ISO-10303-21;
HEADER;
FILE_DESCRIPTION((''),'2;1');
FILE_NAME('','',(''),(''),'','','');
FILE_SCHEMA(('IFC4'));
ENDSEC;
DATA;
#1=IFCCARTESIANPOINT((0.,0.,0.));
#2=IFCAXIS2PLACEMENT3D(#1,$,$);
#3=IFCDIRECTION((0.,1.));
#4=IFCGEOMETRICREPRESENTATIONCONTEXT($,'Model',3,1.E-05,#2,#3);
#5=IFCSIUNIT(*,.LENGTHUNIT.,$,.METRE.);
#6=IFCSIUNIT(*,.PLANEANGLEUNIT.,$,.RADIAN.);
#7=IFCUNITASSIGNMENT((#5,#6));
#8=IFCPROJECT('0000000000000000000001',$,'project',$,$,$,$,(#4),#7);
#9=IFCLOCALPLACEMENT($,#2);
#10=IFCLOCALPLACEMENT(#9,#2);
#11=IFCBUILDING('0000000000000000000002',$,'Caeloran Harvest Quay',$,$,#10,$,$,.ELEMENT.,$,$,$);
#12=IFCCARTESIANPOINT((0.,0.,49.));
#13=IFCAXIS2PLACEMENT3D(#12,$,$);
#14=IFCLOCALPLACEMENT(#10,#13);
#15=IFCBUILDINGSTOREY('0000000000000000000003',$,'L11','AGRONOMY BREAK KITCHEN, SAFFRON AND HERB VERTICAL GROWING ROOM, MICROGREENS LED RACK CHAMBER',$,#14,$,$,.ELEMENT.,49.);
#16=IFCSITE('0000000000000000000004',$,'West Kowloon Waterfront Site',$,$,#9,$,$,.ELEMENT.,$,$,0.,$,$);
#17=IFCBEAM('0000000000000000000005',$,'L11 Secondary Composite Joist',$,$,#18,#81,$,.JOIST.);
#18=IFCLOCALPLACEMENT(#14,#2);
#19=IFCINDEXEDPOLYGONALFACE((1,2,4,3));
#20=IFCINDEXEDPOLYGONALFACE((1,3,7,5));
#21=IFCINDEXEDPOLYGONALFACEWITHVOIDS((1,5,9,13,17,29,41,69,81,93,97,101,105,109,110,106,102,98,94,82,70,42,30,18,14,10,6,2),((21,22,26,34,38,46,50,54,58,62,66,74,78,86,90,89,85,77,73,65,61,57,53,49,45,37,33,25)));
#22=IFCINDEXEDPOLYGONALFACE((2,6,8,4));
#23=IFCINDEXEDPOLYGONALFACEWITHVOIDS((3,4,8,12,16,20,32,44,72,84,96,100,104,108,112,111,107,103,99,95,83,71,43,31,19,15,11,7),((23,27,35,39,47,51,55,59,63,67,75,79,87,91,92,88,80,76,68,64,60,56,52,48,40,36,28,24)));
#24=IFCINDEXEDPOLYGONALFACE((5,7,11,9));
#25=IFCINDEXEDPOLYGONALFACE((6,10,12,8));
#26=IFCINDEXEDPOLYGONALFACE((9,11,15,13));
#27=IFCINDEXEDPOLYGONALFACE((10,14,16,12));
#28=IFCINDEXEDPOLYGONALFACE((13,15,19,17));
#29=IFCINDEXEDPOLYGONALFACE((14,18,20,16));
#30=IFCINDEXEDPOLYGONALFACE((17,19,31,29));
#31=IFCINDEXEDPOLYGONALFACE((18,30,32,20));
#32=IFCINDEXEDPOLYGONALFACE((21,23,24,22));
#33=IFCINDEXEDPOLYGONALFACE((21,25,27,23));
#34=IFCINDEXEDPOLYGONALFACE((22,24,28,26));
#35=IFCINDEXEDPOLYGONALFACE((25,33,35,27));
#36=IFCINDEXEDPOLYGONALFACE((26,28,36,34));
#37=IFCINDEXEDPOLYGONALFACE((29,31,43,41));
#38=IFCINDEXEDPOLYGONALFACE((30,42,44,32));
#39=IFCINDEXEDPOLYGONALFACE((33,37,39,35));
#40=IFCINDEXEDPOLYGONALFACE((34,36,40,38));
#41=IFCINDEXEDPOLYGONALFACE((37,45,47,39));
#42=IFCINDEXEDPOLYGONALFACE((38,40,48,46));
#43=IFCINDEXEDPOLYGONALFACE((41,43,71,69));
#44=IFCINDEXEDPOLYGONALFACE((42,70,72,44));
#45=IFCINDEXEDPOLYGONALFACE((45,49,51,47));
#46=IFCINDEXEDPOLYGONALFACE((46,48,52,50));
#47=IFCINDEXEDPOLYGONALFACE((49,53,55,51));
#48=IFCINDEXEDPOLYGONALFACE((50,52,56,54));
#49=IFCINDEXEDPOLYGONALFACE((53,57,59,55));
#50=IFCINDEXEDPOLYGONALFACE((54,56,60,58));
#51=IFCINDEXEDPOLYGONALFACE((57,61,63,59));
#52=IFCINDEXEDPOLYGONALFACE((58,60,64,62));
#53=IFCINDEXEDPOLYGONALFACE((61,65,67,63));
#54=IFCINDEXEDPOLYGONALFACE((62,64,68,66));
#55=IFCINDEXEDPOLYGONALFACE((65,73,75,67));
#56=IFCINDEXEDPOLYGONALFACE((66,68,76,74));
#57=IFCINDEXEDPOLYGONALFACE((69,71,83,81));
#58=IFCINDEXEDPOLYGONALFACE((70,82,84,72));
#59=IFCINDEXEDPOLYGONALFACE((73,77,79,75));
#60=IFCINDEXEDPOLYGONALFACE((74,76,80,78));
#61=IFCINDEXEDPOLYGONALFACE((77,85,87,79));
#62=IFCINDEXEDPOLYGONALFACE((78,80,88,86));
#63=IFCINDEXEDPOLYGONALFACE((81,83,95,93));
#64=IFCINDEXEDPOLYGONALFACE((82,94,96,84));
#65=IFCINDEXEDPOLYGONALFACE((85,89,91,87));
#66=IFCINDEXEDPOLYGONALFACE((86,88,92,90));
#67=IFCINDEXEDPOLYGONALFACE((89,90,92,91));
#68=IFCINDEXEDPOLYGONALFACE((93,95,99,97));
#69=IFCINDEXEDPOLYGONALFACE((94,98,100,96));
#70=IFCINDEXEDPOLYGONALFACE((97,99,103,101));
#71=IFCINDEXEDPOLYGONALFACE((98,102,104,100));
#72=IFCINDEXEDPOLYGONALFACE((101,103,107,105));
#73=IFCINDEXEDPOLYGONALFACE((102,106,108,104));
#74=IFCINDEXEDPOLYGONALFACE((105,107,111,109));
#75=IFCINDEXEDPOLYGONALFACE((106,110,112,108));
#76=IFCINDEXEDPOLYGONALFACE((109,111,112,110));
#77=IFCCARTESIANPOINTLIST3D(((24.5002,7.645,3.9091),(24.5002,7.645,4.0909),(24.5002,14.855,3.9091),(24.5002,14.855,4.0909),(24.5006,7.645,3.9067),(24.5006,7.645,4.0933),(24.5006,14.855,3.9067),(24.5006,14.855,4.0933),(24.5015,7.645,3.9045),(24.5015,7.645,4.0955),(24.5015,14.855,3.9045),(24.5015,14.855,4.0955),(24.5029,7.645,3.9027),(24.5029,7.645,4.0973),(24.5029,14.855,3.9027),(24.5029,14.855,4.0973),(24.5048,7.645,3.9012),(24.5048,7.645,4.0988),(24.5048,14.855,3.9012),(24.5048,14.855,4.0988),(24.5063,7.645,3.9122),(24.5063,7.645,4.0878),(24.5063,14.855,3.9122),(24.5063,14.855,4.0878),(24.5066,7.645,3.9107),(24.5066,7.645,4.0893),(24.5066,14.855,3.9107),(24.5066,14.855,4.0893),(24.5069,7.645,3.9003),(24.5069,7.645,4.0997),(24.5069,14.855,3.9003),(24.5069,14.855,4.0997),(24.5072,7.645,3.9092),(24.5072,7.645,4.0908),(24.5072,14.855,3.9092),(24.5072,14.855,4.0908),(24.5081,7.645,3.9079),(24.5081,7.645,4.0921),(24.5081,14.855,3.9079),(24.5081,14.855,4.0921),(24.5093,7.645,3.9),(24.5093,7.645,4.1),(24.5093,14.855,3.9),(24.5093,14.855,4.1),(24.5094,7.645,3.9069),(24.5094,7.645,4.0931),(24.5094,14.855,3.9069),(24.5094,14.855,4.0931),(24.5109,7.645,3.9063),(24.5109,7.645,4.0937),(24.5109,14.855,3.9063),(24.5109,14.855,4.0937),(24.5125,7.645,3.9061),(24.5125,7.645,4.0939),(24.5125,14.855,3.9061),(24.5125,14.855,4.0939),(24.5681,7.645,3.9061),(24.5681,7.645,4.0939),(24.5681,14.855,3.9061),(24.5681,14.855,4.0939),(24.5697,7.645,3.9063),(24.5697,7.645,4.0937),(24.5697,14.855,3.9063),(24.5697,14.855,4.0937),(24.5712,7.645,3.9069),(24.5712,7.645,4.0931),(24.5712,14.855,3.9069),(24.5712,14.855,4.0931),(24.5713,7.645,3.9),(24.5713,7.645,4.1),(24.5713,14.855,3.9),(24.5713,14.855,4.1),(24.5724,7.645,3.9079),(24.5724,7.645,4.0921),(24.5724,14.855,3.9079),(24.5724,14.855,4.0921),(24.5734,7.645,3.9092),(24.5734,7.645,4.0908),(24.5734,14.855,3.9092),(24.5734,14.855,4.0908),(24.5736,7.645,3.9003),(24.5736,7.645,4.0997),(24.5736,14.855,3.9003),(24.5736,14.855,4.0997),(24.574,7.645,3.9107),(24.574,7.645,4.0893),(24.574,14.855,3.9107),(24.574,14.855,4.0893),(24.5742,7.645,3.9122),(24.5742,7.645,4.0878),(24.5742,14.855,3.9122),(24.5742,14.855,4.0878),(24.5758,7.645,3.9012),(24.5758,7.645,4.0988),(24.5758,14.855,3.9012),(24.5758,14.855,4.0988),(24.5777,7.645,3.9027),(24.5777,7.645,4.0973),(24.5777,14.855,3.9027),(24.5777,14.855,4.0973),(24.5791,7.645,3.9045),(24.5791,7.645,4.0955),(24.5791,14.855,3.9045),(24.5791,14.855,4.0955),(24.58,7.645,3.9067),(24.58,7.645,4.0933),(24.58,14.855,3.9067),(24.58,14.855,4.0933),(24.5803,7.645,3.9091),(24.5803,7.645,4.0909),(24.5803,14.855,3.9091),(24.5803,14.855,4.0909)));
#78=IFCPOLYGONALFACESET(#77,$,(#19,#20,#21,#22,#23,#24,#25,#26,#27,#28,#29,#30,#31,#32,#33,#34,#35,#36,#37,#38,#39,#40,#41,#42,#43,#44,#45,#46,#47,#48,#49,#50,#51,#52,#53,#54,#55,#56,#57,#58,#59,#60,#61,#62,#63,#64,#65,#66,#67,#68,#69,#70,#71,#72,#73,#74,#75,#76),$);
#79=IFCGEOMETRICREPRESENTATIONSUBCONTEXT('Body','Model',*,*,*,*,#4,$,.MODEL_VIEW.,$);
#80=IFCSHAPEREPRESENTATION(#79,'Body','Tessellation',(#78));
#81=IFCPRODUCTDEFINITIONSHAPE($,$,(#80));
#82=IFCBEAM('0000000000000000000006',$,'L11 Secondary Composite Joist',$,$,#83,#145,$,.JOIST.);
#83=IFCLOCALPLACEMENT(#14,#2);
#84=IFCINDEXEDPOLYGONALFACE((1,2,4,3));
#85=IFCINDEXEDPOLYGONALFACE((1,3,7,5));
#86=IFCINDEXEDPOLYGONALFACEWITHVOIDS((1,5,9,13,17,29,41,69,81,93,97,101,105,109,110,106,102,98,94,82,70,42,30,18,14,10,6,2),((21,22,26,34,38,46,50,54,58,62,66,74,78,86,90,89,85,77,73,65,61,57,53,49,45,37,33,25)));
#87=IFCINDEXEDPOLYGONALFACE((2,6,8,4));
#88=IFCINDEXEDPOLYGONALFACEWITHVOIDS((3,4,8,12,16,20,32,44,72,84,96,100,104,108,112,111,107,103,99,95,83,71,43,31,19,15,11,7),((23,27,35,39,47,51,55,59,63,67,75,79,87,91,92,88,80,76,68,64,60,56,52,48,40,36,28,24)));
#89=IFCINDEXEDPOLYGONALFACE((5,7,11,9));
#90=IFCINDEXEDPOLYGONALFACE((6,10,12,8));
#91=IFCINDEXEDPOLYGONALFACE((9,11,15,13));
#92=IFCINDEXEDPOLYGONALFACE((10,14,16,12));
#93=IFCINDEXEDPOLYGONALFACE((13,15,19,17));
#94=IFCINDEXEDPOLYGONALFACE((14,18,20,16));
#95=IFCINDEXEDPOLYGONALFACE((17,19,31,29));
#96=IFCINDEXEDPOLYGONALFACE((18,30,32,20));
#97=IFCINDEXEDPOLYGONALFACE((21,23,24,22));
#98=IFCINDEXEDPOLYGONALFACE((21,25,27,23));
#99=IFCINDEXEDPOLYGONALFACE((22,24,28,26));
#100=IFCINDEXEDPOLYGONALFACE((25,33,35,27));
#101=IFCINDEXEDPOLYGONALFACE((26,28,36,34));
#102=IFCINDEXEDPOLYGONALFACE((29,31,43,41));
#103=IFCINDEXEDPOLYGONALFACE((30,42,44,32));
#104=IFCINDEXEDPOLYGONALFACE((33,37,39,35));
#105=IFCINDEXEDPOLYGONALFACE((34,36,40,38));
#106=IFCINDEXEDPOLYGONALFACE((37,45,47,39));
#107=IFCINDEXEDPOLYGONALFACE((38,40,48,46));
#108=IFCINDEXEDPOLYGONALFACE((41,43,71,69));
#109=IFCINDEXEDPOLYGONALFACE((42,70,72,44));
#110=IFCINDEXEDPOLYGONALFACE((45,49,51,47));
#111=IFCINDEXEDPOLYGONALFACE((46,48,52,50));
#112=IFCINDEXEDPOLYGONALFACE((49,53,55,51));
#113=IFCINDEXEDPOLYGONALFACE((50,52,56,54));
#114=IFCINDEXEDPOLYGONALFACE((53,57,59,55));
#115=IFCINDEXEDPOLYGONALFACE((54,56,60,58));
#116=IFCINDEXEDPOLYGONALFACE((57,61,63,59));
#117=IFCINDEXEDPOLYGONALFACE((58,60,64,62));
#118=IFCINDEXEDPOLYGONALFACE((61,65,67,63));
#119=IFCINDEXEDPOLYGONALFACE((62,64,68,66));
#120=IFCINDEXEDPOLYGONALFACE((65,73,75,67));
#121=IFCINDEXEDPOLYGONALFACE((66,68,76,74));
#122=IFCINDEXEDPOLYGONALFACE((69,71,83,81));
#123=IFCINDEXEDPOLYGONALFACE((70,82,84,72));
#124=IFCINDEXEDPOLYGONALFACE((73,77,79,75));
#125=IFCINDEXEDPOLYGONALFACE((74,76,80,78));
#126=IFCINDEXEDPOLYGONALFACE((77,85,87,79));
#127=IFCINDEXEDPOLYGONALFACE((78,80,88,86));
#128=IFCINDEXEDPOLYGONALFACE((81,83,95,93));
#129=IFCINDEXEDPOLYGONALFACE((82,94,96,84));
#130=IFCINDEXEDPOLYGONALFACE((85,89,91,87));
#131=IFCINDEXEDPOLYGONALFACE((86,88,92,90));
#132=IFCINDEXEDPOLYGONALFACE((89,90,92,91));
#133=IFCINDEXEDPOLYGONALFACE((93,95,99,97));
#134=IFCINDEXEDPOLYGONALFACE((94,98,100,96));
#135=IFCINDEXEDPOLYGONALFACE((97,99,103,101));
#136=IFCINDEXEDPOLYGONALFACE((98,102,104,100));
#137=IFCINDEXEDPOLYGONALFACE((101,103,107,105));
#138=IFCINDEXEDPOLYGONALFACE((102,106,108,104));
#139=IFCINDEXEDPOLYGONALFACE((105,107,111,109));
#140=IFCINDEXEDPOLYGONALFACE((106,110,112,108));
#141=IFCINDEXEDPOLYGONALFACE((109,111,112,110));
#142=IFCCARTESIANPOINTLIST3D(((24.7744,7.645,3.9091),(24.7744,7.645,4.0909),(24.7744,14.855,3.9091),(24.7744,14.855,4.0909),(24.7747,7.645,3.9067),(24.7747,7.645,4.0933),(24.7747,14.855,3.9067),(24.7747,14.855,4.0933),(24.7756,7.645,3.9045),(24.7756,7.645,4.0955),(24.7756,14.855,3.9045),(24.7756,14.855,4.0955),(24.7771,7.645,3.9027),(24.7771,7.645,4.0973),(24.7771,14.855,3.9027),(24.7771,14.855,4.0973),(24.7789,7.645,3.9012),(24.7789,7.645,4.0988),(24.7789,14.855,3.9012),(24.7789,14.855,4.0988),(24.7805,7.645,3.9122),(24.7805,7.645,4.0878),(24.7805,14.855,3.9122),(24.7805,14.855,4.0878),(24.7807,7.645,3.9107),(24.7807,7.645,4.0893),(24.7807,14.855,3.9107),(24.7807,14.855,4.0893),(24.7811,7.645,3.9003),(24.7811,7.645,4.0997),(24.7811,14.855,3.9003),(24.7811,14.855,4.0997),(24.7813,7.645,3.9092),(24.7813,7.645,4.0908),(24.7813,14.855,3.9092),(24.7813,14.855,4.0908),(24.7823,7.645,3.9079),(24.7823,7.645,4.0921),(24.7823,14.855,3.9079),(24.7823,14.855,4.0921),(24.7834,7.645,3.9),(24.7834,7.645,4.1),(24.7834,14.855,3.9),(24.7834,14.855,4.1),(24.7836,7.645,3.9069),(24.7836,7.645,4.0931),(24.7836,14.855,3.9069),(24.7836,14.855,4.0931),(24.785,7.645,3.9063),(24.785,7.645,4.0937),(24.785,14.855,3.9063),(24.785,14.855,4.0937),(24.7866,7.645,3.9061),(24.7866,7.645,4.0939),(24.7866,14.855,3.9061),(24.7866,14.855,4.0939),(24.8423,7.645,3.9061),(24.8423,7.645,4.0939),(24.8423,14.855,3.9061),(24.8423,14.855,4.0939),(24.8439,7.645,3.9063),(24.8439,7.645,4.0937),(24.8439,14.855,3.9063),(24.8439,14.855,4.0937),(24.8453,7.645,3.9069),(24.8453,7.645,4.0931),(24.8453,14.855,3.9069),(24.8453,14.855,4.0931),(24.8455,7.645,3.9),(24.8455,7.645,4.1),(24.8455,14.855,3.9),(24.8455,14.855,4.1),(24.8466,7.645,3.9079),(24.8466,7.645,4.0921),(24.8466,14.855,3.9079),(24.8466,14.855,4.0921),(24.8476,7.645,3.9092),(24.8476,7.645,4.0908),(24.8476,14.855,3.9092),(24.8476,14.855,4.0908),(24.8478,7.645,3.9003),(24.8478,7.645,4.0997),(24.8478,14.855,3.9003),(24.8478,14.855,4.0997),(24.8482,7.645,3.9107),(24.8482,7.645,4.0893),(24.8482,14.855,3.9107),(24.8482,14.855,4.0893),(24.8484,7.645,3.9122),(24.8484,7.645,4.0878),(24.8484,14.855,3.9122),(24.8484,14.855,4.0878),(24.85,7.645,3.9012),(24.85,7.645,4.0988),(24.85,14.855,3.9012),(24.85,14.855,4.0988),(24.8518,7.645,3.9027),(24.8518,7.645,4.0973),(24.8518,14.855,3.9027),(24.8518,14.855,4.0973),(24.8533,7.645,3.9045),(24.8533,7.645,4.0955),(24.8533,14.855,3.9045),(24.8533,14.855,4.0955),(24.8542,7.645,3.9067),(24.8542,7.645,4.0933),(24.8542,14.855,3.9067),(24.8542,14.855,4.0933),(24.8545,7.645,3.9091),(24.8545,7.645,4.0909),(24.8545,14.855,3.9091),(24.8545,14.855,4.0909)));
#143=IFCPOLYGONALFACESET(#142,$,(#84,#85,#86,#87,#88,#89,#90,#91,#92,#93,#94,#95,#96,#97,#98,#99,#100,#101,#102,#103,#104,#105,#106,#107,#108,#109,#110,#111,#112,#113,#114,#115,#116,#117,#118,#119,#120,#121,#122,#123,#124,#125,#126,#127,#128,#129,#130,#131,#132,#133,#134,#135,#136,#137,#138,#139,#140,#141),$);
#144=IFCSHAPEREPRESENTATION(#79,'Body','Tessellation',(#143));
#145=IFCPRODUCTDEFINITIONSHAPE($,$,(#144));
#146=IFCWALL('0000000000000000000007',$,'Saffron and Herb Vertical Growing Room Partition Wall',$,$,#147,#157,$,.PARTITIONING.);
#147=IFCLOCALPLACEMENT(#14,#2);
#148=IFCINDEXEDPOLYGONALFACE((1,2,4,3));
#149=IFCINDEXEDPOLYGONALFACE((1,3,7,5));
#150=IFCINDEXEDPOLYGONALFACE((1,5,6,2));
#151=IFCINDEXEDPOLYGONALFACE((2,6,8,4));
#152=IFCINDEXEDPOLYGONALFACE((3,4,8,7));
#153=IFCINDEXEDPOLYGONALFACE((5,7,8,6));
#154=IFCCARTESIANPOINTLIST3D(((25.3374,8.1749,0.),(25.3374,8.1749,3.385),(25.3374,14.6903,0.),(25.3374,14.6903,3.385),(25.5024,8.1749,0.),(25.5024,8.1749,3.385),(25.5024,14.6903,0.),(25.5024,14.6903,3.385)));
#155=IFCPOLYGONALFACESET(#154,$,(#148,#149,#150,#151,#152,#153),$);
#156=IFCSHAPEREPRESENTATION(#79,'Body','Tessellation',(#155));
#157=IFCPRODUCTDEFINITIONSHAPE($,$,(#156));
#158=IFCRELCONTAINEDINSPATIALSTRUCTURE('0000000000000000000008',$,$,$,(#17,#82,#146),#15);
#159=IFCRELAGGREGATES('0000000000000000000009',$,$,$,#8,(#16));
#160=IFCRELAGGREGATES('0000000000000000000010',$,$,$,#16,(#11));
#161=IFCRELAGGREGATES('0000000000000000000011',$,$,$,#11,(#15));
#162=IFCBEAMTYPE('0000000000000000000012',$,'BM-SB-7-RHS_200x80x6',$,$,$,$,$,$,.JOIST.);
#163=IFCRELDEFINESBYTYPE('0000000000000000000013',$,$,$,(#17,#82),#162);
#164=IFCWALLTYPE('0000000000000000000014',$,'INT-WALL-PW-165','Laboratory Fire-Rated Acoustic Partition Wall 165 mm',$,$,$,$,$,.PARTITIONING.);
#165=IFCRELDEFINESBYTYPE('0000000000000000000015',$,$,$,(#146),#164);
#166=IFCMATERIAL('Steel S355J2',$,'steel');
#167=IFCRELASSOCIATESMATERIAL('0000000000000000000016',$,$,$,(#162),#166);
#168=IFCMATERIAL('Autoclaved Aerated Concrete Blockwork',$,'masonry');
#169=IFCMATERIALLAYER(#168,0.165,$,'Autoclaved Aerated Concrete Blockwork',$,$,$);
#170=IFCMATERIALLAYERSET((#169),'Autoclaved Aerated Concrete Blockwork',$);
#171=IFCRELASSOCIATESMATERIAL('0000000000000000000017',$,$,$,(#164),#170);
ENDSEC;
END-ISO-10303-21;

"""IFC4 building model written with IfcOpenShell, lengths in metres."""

from ifc_helpers import new_model, si_unit, direction, frame, frame_2d, origin, origin_2d, place, context, subcontext, project, spatial, rectangle, hollow_rectangle, extrude, material, layer, layer_set, material_profile, profile_set, type_object, element, save


model = new_model("IFC4")

# Units and contexts
model_context = context("Model", 3, precision=1e-05, world=origin(), true_north=direction((0.0, 1.0)))
body_context = subcontext(model_context, "Body", "Model", "MODEL_VIEW")
ifc_project = project(units=[si_unit("LENGTHUNIT", "METRE"), si_unit("PLANEANGLEUNIT", "RADIAN")], contexts=[model_context])

# Site, building, storey
site_placement = place(None, origin())
site = spatial("IfcSite", under=ifc_project, at=site_placement, Name="West Kowloon Waterfront Site", CompositionType="ELEMENT", RefElevation=0.0)
building_placement = place(site_placement, origin())
building = spatial("IfcBuilding", under=site, at=building_placement, Name="Caeloran Harvest Quay", CompositionType="ELEMENT")
storey_placement = place(building_placement, frame((0.0, 0.0, 49.0)))
storey = spatial("IfcBuildingStorey", under=building, at=storey_placement, Name="L11", Description="AGRONOMY BREAK KITCHEN, SAFFRON AND HERB VERTICAL GROWING ROOM, MICROGREENS LED RACK CHAMBER", CompositionType="ELEMENT", Elevation=49.0)

# Beams
ifc_material_1 = material(Name="Steel S355J2", Category="steel")
ifc_material_profile_1 = material_profile(ifc_material_1, hollow_rectangle(XDim=0.0801, YDim=0.2, WallThickness=0.0061, InnerFilletRadius=0.0061, OuterFilletRadius=0.009, at=origin_2d()), Name="RHS 200x80x6")
ifc_profile_set_1 = profile_set([ifc_material_profile_1], Name="Steel S355J2")
beam_type_1 = type_object("IfcBeamType", Name="BM-SB-7-RHS_200x80x6", PredefinedType="JOIST", material=ifc_profile_set_1)
for number, where, z_axis, x_axis, name in (
    (1, (24.5403, 7.645, 4.0), (0.0, 1.0, 0.0), (-1.0, 0.0, 0.0), "L11 Secondary Composite Joist"),
    (2, (24.8145, 7.645, 4.0), (0.0, 1.0, 0.0), (-1.0, 0.0, 0.0), "L11 Secondary Composite Joist"),
):
    element("IfcBeam", number, at=place(storey_placement, frame(where, z_axis=z_axis, x_axis=x_axis)), inside=storey, type_object=beam_type_1, Name=name, PredefinedType="JOIST", context=body_context, shape_type="SweptSolid", body=[
        extrude(hollow_rectangle(XDim=0.0801, YDim=0.2, WallThickness=0.0061, InnerFilletRadius=0.0061, OuterFilletRadius=0.009, at=origin_2d()), origin(), (0.0, 0.0, 1.0), 7.21),
    ])

# Wall
ifc_material_2 = material(Name="Autoclaved Aerated Concrete Blockwork", Category="masonry")
ifc_layer = layer(ifc_material_2, 0.165, Name="Autoclaved Aerated Concrete Blockwork")
ifc_layer_set = layer_set([ifc_layer], Name="Autoclaved Aerated Concrete Blockwork")
wall_type = type_object("IfcWallType", Name="INT-WALL-PW-165", Description="Laboratory Fire-Rated Acoustic Partition Wall 165 mm", PredefinedType="PARTITIONING", material=ifc_layer_set)
wall_placement = place(storey_placement, frame((25.4199, 14.6904, 0.0), z_axis=(0.0, 0.0, 1.0), x_axis=(0.0, -1.0, 0.0)))
element("IfcWall", 3, at=wall_placement, inside=storey, type_object=wall_type, Name="Saffron and Herb Vertical Growing Room Partition Wall", PredefinedType="PARTITIONING", context=body_context, shape_type="SweptSolid", body=[
    extrude(rectangle(XDim=6.5154, YDim=0.165, at=frame_2d((3.2578, 0.0))), origin(), (0.0, 0.0, 1.0), 3.385),
])

save(model, "model.ifc")
